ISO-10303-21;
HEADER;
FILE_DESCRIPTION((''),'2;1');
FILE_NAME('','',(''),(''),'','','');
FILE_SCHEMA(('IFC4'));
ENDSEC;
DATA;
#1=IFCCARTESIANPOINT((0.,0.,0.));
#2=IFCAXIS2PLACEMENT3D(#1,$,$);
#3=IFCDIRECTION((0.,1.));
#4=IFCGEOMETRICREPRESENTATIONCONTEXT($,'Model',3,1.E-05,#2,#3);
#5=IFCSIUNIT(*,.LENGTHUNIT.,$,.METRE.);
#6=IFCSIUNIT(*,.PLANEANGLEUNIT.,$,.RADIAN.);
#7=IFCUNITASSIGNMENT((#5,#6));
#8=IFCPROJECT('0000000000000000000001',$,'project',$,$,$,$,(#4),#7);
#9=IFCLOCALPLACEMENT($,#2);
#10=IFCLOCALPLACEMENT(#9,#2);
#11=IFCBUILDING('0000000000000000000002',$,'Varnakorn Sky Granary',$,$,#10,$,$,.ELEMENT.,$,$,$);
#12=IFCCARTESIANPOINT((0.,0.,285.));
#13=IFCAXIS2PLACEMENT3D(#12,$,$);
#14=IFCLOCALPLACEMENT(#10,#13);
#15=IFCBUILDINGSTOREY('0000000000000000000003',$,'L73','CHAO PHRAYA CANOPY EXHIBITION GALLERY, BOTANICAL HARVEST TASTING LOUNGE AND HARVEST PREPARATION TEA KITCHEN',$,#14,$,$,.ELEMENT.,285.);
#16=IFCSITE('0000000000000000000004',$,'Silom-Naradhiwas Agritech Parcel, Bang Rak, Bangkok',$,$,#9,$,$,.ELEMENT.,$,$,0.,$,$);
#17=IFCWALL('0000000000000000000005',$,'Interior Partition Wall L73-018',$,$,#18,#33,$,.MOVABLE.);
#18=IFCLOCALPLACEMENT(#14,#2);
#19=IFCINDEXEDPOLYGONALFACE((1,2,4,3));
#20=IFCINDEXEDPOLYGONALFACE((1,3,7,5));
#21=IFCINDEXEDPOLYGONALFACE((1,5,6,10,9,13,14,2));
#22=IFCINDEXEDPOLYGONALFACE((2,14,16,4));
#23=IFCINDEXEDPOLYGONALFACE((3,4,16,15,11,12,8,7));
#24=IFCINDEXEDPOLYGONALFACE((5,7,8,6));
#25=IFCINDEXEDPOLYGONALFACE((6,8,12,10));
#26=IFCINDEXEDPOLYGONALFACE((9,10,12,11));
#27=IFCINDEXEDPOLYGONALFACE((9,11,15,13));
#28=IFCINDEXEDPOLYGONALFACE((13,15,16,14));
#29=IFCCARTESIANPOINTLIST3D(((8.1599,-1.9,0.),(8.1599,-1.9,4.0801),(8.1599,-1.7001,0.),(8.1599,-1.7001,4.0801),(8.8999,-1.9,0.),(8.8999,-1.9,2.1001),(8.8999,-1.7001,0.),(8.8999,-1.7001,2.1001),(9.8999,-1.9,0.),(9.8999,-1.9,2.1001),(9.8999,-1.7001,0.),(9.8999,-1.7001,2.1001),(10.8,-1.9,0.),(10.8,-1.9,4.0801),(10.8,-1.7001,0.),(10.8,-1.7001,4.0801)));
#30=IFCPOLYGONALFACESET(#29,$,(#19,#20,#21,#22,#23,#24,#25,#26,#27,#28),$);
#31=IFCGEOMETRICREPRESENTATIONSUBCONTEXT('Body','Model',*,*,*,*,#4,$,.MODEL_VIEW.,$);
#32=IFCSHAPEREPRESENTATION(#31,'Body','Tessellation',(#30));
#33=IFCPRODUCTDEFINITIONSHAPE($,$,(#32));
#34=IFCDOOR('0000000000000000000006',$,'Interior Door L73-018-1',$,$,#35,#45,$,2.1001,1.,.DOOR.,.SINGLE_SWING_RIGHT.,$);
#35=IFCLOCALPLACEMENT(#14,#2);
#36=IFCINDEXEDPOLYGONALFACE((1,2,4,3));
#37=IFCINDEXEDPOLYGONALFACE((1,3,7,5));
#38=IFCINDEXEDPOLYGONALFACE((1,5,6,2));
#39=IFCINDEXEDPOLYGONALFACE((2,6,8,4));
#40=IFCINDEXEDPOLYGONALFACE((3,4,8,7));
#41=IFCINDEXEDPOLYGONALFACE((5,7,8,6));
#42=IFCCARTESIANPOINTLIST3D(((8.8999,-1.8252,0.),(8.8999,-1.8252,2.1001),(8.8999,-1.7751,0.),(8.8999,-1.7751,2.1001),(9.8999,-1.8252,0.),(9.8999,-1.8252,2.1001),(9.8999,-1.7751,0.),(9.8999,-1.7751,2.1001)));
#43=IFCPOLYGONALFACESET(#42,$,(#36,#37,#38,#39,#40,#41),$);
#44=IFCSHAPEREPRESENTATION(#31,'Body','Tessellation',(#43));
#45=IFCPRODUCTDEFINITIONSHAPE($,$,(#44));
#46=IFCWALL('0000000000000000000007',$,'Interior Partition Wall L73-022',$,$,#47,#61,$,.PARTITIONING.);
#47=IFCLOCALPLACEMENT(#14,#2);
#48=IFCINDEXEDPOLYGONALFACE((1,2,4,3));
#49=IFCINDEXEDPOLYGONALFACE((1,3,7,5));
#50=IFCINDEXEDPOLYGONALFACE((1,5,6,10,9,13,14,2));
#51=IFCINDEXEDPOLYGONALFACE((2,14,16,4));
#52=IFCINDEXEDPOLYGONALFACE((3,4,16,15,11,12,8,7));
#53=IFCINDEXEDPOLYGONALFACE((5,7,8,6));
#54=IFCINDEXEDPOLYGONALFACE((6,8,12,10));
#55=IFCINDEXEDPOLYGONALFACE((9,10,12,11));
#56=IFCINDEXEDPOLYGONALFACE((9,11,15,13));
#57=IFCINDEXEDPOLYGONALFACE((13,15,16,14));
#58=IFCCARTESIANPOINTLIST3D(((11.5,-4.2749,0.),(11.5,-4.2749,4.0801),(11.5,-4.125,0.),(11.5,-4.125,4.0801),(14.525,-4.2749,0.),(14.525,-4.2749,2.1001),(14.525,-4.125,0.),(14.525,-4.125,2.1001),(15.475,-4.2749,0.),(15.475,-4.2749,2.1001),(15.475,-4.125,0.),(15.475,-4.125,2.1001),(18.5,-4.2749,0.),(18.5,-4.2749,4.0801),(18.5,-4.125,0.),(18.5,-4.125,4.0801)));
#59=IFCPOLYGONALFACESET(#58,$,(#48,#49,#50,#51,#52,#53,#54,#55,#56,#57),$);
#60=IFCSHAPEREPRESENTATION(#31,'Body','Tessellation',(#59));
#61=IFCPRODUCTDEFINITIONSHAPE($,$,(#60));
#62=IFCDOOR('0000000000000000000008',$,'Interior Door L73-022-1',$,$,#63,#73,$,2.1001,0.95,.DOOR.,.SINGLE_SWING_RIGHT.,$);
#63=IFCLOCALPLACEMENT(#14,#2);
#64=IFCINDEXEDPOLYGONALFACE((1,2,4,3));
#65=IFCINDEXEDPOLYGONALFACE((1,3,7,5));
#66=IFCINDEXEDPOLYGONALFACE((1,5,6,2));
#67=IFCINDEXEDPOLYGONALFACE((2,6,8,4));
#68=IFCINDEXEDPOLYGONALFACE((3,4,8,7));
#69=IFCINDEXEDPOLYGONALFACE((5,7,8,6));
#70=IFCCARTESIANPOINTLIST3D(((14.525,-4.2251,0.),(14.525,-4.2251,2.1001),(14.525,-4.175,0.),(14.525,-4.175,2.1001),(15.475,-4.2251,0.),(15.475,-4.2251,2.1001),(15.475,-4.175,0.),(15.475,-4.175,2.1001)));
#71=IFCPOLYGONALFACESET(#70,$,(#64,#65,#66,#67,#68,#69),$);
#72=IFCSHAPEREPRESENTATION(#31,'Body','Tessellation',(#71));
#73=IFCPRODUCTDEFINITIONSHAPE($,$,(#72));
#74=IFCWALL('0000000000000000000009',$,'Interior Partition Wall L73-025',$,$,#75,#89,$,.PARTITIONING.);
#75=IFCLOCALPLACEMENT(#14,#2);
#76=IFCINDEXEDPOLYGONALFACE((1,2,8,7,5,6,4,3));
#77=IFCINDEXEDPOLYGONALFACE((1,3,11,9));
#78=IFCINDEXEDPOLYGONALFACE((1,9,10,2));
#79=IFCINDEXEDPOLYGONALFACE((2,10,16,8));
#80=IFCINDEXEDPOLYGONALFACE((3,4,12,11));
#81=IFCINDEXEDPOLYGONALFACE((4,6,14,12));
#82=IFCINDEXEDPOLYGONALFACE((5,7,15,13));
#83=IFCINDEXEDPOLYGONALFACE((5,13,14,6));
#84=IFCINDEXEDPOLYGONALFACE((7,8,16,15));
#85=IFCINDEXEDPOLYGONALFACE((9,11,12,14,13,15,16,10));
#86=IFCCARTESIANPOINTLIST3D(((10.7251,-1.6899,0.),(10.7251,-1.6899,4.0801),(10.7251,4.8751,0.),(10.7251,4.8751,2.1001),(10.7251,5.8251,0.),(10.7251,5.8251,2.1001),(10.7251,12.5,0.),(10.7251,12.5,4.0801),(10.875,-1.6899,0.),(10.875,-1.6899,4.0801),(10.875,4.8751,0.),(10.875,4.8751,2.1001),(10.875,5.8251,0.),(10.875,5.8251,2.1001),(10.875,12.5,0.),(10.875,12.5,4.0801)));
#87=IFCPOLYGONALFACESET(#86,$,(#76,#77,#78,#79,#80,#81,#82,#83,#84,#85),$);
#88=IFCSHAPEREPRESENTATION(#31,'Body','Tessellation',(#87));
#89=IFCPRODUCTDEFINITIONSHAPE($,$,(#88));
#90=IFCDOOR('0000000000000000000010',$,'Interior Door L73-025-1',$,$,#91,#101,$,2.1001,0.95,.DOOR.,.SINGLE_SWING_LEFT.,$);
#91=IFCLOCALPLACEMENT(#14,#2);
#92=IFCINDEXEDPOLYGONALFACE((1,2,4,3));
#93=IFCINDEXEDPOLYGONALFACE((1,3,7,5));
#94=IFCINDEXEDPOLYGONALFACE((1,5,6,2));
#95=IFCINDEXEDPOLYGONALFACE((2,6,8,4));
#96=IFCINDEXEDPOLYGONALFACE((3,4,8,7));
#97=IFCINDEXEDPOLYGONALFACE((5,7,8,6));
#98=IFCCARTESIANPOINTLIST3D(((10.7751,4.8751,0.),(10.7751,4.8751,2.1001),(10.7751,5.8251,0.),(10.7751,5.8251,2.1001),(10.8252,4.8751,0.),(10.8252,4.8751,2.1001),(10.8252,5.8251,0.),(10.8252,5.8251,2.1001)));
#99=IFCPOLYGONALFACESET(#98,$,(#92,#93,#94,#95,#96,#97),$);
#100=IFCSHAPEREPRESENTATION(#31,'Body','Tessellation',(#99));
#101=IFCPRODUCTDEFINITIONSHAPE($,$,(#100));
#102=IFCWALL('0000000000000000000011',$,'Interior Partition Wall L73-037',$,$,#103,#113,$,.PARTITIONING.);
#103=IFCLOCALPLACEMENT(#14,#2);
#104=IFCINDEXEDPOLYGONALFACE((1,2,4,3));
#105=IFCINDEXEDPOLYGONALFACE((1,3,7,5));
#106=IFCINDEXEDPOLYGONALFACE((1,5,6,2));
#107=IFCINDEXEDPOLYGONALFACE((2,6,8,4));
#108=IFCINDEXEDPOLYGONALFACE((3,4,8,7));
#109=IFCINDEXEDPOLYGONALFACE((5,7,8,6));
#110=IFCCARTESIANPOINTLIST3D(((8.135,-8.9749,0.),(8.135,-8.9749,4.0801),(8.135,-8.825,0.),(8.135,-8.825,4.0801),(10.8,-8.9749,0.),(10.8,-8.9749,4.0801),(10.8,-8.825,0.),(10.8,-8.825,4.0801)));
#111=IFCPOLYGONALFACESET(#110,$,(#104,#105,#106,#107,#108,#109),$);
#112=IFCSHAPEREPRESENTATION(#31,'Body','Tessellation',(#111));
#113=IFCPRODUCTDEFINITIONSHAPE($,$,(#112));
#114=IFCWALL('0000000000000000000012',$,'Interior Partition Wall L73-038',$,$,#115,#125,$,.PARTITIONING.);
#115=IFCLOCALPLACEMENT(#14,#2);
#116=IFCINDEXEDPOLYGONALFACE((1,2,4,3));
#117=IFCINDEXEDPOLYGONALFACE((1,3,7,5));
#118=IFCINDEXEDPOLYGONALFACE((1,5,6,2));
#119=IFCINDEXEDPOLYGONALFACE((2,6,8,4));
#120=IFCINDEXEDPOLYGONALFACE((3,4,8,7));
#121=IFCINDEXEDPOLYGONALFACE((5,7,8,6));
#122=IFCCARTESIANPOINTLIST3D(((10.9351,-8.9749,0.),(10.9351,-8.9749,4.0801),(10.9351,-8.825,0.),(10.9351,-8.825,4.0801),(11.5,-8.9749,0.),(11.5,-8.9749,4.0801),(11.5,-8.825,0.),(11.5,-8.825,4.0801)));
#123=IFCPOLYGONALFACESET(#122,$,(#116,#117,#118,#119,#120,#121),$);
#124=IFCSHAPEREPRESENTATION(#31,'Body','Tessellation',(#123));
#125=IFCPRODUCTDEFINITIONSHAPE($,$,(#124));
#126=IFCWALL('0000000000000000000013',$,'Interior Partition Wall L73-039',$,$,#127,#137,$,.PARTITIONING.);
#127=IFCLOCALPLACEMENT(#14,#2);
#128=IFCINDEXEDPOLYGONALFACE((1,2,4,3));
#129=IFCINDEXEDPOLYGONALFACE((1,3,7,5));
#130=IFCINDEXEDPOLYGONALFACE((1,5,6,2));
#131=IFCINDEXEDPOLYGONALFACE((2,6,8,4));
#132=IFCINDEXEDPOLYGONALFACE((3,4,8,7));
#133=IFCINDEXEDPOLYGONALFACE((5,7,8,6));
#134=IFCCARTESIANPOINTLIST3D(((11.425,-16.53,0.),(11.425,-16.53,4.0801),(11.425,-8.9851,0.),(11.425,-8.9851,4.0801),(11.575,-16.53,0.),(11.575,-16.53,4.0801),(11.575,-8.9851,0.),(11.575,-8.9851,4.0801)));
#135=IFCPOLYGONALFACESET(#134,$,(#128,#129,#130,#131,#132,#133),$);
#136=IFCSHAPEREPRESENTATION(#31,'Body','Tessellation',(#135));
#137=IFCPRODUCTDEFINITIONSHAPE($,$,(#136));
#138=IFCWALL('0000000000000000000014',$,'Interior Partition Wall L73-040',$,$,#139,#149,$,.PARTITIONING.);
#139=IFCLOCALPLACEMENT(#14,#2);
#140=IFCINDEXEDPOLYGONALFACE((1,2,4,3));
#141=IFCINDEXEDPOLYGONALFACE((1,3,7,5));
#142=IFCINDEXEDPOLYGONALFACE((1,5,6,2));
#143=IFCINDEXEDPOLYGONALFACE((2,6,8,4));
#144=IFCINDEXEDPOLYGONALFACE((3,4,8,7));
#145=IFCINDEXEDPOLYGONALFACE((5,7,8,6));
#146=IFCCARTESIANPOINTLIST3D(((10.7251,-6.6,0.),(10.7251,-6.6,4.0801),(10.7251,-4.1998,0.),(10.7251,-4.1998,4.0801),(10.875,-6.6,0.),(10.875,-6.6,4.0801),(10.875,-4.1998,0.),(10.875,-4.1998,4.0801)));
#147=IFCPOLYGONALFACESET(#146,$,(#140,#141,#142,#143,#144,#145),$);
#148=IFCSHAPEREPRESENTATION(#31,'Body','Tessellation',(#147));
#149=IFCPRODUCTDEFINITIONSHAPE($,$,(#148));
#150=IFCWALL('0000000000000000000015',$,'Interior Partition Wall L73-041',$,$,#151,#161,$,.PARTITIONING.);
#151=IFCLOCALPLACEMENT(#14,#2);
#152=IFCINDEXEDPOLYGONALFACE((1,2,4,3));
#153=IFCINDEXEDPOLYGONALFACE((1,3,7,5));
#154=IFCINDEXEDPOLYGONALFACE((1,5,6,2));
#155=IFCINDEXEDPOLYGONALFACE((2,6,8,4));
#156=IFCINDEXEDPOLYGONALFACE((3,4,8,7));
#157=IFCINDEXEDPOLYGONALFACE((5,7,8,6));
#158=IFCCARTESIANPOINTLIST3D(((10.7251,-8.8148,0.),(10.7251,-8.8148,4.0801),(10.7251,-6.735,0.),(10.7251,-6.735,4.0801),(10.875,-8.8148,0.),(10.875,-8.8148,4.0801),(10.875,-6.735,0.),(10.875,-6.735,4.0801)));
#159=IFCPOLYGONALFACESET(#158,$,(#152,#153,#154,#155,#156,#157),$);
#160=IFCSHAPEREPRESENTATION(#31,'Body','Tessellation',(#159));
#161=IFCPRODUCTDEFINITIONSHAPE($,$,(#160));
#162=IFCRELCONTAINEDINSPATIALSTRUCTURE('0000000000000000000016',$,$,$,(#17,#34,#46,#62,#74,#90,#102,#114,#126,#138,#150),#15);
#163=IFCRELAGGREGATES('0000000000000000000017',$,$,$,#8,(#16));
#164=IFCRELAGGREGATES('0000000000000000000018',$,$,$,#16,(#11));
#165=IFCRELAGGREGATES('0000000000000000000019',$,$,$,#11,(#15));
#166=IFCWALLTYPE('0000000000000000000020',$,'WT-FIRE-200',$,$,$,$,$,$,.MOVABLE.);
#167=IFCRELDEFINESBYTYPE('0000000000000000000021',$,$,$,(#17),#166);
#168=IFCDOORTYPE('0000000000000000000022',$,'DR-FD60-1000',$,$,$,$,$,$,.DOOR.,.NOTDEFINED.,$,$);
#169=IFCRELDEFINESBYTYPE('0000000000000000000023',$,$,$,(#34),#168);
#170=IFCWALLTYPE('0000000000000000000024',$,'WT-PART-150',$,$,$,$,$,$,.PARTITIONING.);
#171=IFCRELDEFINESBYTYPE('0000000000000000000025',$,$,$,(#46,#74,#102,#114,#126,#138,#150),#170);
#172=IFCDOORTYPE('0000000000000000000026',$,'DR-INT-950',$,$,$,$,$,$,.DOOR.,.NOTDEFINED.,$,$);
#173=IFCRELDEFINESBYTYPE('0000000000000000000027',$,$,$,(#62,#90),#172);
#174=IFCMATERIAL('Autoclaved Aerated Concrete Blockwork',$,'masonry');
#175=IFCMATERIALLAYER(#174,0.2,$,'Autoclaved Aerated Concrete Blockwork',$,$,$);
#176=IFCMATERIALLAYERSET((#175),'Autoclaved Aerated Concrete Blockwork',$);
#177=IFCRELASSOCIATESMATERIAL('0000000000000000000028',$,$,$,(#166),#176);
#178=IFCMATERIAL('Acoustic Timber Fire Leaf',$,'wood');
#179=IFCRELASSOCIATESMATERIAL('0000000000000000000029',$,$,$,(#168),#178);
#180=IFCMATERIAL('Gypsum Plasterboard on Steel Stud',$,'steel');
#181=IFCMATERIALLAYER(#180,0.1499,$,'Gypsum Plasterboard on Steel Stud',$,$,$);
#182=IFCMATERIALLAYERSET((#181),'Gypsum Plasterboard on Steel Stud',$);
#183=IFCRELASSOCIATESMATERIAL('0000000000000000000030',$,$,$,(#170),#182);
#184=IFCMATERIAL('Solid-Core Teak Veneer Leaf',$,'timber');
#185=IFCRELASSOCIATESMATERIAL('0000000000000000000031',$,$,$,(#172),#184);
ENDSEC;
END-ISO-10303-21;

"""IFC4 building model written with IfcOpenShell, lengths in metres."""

from ifc_helpers import new_model, si_unit, direction, frame, frame_2d, origin, place, context, subcontext, project, spatial, rectangle, extrude, material, layer, layer_set, type_object, element, fill, save


model = new_model("IFC4")

# Units and contexts
model_context = context("Model", 3, precision=1e-05, world=origin(), true_north=direction((0.0, 1.0)))
body_context = subcontext(model_context, "Body", "Model", "MODEL_VIEW")
ifc_project = project(units=[si_unit("LENGTHUNIT", "METRE"), si_unit("PLANEANGLEUNIT", "RADIAN")], contexts=[model_context])

# Site, building, storey
site_placement = place(None, origin())
site = spatial("IfcSite", under=ifc_project, at=site_placement, Name="Silom-Naradhiwas Agritech Parcel, Bang Rak, Bangkok", CompositionType="ELEMENT", RefElevation=0.0)
building_placement = place(site_placement, origin())
building = spatial("IfcBuilding", under=site, at=building_placement, Name="Varnakorn Sky Granary", CompositionType="ELEMENT")
storey_placement = place(building_placement, frame((0.0, 0.0, 285.0)))
storey = spatial("IfcBuildingStorey", under=building, at=storey_placement, Name="L73", Description="CHAO PHRAYA CANOPY EXHIBITION GALLERY, BOTANICAL HARVEST TASTING LOUNGE AND HARVEST PREPARATION TEA KITCHEN", CompositionType="ELEMENT", Elevation=285.0)

# Walls, openings, doors
ifc_material_1 = material(Name="Autoclaved Aerated Concrete Blockwork", Category="masonry")
ifc_layer_1 = layer(ifc_material_1, 0.2, Name="Autoclaved Aerated Concrete Blockwork")
ifc_layer_set_1 = layer_set([ifc_layer_1], Name="Autoclaved Aerated Concrete Blockwork")
wall_type_1 = type_object("IfcWallType", Name="WT-FIRE-200", PredefinedType="MOVABLE", material=ifc_layer_set_1)
ifc_material_2 = material(Name="Acoustic Timber Fire Leaf", Category="wood")
door_type_1 = type_object("IfcDoorType", Name="DR-FD60-1000", OperationType="NOTDEFINED", PredefinedType="DOOR", material=ifc_material_2)
wall_1_placement = place(storey_placement, frame((8.1599, -1.8, 0.0), z_axis=(0.0, 0.0, 1.0), x_axis=(1.0, 0.0, 0.0)))
wall_1 = element("IfcWall", 1, at=wall_1_placement, inside=storey, type_object=wall_type_1, Name="Interior Partition Wall L73-018", PredefinedType="MOVABLE", context=body_context, shape_type="SweptSolid", body=[
    extrude(rectangle(XDim=2.6401, YDim=0.2, at=frame_2d((1.3201, 0.0))), origin(), (0.0, 0.0, 1.0), 4.0801),
])
opening_1_placement = place(wall_1_placement, frame((0.74, 0.0, 0.0)))
opening_1 = element("IfcOpeningElement", 2, at=opening_1_placement, cuts=wall_1, PredefinedType="OPENING", context=body_context, shape_type="SweptSolid", body=[
    extrude(rectangle(XDim=1.0, YDim=2.1001, at=frame_2d((0.5, 1.05))), frame((0.0, 0.1099, 0.0), z_axis=(0.0, -1.0, 0.0), x_axis=(1.0, 0.0, 0.0)), (0.0, 0.0, 1.0), 0.22),
])
door_1_placement = place(opening_1_placement, origin())
door_1 = element("IfcDoor", 3, at=door_1_placement, inside=storey, type_object=door_type_1, Name="Interior Door L73-018-1", OperationType="SINGLE_SWING_RIGHT", OverallHeight=2.1001, OverallWidth=1.0, PredefinedType="DOOR", context=body_context, shape_type="SweptSolid", body=[
    extrude(rectangle(XDim=1.0, YDim=2.1001, at=frame_2d((0.5, 1.05))), frame((0.0, 0.0249, 0.0), z_axis=(0.0, -1.0, 0.0), x_axis=(1.0, 0.0, 0.0)), (0.0, 0.0, 1.0), 0.05),
])
fill(opening_1, door_1)
ifc_material_3 = material(Name="Gypsum Plasterboard on Steel Stud", Category="steel")
ifc_layer_2 = layer(ifc_material_3, 0.1499, Name="Gypsum Plasterboard on Steel Stud")
ifc_layer_set_2 = layer_set([ifc_layer_2], Name="Gypsum Plasterboard on Steel Stud")
wall_type_2 = type_object("IfcWallType", Name="WT-PART-150", PredefinedType="PARTITIONING", material=ifc_layer_set_2)
wall_2_placement = place(storey_placement, frame((11.5, -4.2, 0.0), z_axis=(0.0, 0.0, 1.0), x_axis=(1.0, 0.0, 0.0)))
wall_2 = element("IfcWall", 4, at=wall_2_placement, inside=storey, type_object=wall_type_2, Name="Interior Partition Wall L73-022", PredefinedType="PARTITIONING", context=body_context, shape_type="SweptSolid", body=[
    extrude(rectangle(XDim=7.0, YDim=0.1499, at=frame_2d((3.5, 0.0))), origin(), (0.0, 0.0, 1.0), 4.0801),
])
opening_2_placement = place(wall_2_placement, frame((3.0249, 0.0, 0.0)))
opening_2 = element("IfcOpeningElement", 5, at=opening_2_placement, cuts=wall_2, PredefinedType="OPENING", context=body_context, shape_type="SweptSolid", body=[
    extrude(rectangle(XDim=0.95, YDim=2.1001, at=frame_2d((0.4751, 1.05))), frame((0.0, 0.085, 0.0), z_axis=(0.0, -1.0, 0.0), x_axis=(1.0, 0.0, 0.0)), (0.0, 0.0, 1.0), 0.1699),
])
ifc_material_4 = material(Name="Solid-Core Teak Veneer Leaf", Category="timber")
door_type_2 = type_object("IfcDoorType", Name="DR-INT-950", OperationType="NOTDEFINED", PredefinedType="DOOR", material=ifc_material_4)
door_2_placement = place(opening_2_placement, origin())
door_2 = element("IfcDoor", 6, at=door_2_placement, inside=storey, type_object=door_type_2, Name="Interior Door L73-022-1", OperationType="SINGLE_SWING_RIGHT", OverallHeight=2.1001, OverallWidth=0.95, PredefinedType="DOOR", context=body_context, shape_type="SweptSolid", body=[
    extrude(rectangle(XDim=0.95, YDim=2.1001, at=frame_2d((0.4751, 1.05))), frame((0.0, 0.0249, 0.0), z_axis=(0.0, -1.0, 0.0), x_axis=(1.0, 0.0, 0.0)), (0.0, 0.0, 1.0), 0.05),
])
fill(opening_2, door_2)
wall_3_placement = place(storey_placement, frame((10.8, -1.6899, 0.0), z_axis=(0.0, 0.0, 1.0), x_axis=(0.0, 1.0, 0.0)))
wall_3 = element("IfcWall", 7, at=wall_3_placement, inside=storey, type_object=wall_type_2, Name="Interior Partition Wall L73-025", PredefinedType="PARTITIONING", context=body_context, shape_type="SweptSolid", body=[
    extrude(rectangle(XDim=14.1899, YDim=0.1499, at=frame_2d((7.095, 0.0))), origin(), (0.0, 0.0, 1.0), 4.0801),
])
opening_3_placement = place(wall_3_placement, frame((6.5649, 0.0, 0.0)))
opening_3 = element("IfcOpeningElement", 8, at=opening_3_placement, cuts=wall_3, PredefinedType="OPENING", context=body_context, shape_type="SweptSolid", body=[
    extrude(rectangle(XDim=0.95, YDim=2.1001, at=frame_2d((0.4751, 1.05))), frame((0.0, 0.085, 0.0), z_axis=(0.0, -1.0, 0.0), x_axis=(1.0, 0.0, 0.0)), (0.0, 0.0, 1.0), 0.1699),
])
door_3_placement = place(opening_3_placement, origin())
door_3 = element("IfcDoor", 9, at=door_3_placement, inside=storey, type_object=door_type_2, Name="Interior Door L73-025-1", OperationType="SINGLE_SWING_LEFT", OverallHeight=2.1001, OverallWidth=0.95, PredefinedType="DOOR", context=body_context, shape_type="SweptSolid", body=[
    extrude(rectangle(XDim=0.95, YDim=2.1001, at=frame_2d((0.4751, 1.05))), frame((0.0, 0.0249, 0.0), z_axis=(0.0, -1.0, 0.0), x_axis=(1.0, 0.0, 0.0)), (0.0, 0.0, 1.0), 0.05),
])
fill(opening_3, door_3)

# Walls
wall_4_placement = place(storey_placement, frame((8.135, -8.8999, 0.0), z_axis=(0.0, 0.0, 1.0), x_axis=(1.0, 0.0, 0.0)))
element("IfcWall", 10, at=wall_4_placement, inside=storey, type_object=wall_type_2, Name="Interior Partition Wall L73-037", PredefinedType="PARTITIONING", context=body_context, shape_type="SweptSolid", body=[
    extrude(rectangle(XDim=2.665, YDim=0.1499, at=frame_2d((1.3325, 0.0))), origin(), (0.0, 0.0, 1.0), 4.0801),
])
wall_5_placement = place(storey_placement, frame((10.9351, -8.8999, 0.0), z_axis=(0.0, 0.0, 1.0), x_axis=(1.0, 0.0, 0.0)))
element("IfcWall", 11, at=wall_5_placement, inside=storey, type_object=wall_type_2, Name="Interior Partition Wall L73-038", PredefinedType="PARTITIONING", context=body_context, shape_type="SweptSolid", body=[
    extrude(rectangle(XDim=0.5649, YDim=0.1499, at=frame_2d((0.2825, 0.0))), origin(), (0.0, 0.0, 1.0), 4.0801),
])
wall_6_placement = place(storey_placement, frame((11.5, -8.9851, 0.0), z_axis=(0.0, 0.0, 1.0), x_axis=(0.0, -1.0, 0.0)))
element("IfcWall", 12, at=wall_6_placement, inside=storey, type_object=wall_type_2, Name="Interior Partition Wall L73-039", PredefinedType="PARTITIONING", context=body_context, shape_type="SweptSolid", body=[
    extrude(rectangle(XDim=7.5449, YDim=0.1499, at=frame_2d((3.7725, 0.0))), origin(), (0.0, 0.0, 1.0), 4.0801),
])
wall_7_placement = place(storey_placement, frame((10.8, -6.6001, 0.0), z_axis=(0.0, 0.0, 1.0), x_axis=(0.0, 1.0, 0.0)))
element("IfcWall", 13, at=wall_7_placement, inside=storey, type_object=wall_type_2, Name="Interior Partition Wall L73-040", PredefinedType="PARTITIONING", context=body_context, shape_type="SweptSolid", body=[
    extrude(rectangle(XDim=2.4001, YDim=0.1499, at=frame_2d((1.2002, 0.0))), origin(), (0.0, 0.0, 1.0), 4.0801),
])
wall_8_placement = place(storey_placement, frame((10.8, -8.8149, 0.0), z_axis=(0.0, 0.0, 1.0), x_axis=(0.0, 1.0, 0.0)))
element("IfcWall", 14, at=wall_8_placement, inside=storey, type_object=wall_type_2, Name="Interior Partition Wall L73-041", PredefinedType="PARTITIONING", context=body_context, shape_type="SweptSolid", body=[
    extrude(rectangle(XDim=2.0798, YDim=0.1499, at=frame_2d((1.04, 0.0))), origin(), (0.0, 0.0, 1.0), 4.0801),
])

save(model, "model.ifc")
